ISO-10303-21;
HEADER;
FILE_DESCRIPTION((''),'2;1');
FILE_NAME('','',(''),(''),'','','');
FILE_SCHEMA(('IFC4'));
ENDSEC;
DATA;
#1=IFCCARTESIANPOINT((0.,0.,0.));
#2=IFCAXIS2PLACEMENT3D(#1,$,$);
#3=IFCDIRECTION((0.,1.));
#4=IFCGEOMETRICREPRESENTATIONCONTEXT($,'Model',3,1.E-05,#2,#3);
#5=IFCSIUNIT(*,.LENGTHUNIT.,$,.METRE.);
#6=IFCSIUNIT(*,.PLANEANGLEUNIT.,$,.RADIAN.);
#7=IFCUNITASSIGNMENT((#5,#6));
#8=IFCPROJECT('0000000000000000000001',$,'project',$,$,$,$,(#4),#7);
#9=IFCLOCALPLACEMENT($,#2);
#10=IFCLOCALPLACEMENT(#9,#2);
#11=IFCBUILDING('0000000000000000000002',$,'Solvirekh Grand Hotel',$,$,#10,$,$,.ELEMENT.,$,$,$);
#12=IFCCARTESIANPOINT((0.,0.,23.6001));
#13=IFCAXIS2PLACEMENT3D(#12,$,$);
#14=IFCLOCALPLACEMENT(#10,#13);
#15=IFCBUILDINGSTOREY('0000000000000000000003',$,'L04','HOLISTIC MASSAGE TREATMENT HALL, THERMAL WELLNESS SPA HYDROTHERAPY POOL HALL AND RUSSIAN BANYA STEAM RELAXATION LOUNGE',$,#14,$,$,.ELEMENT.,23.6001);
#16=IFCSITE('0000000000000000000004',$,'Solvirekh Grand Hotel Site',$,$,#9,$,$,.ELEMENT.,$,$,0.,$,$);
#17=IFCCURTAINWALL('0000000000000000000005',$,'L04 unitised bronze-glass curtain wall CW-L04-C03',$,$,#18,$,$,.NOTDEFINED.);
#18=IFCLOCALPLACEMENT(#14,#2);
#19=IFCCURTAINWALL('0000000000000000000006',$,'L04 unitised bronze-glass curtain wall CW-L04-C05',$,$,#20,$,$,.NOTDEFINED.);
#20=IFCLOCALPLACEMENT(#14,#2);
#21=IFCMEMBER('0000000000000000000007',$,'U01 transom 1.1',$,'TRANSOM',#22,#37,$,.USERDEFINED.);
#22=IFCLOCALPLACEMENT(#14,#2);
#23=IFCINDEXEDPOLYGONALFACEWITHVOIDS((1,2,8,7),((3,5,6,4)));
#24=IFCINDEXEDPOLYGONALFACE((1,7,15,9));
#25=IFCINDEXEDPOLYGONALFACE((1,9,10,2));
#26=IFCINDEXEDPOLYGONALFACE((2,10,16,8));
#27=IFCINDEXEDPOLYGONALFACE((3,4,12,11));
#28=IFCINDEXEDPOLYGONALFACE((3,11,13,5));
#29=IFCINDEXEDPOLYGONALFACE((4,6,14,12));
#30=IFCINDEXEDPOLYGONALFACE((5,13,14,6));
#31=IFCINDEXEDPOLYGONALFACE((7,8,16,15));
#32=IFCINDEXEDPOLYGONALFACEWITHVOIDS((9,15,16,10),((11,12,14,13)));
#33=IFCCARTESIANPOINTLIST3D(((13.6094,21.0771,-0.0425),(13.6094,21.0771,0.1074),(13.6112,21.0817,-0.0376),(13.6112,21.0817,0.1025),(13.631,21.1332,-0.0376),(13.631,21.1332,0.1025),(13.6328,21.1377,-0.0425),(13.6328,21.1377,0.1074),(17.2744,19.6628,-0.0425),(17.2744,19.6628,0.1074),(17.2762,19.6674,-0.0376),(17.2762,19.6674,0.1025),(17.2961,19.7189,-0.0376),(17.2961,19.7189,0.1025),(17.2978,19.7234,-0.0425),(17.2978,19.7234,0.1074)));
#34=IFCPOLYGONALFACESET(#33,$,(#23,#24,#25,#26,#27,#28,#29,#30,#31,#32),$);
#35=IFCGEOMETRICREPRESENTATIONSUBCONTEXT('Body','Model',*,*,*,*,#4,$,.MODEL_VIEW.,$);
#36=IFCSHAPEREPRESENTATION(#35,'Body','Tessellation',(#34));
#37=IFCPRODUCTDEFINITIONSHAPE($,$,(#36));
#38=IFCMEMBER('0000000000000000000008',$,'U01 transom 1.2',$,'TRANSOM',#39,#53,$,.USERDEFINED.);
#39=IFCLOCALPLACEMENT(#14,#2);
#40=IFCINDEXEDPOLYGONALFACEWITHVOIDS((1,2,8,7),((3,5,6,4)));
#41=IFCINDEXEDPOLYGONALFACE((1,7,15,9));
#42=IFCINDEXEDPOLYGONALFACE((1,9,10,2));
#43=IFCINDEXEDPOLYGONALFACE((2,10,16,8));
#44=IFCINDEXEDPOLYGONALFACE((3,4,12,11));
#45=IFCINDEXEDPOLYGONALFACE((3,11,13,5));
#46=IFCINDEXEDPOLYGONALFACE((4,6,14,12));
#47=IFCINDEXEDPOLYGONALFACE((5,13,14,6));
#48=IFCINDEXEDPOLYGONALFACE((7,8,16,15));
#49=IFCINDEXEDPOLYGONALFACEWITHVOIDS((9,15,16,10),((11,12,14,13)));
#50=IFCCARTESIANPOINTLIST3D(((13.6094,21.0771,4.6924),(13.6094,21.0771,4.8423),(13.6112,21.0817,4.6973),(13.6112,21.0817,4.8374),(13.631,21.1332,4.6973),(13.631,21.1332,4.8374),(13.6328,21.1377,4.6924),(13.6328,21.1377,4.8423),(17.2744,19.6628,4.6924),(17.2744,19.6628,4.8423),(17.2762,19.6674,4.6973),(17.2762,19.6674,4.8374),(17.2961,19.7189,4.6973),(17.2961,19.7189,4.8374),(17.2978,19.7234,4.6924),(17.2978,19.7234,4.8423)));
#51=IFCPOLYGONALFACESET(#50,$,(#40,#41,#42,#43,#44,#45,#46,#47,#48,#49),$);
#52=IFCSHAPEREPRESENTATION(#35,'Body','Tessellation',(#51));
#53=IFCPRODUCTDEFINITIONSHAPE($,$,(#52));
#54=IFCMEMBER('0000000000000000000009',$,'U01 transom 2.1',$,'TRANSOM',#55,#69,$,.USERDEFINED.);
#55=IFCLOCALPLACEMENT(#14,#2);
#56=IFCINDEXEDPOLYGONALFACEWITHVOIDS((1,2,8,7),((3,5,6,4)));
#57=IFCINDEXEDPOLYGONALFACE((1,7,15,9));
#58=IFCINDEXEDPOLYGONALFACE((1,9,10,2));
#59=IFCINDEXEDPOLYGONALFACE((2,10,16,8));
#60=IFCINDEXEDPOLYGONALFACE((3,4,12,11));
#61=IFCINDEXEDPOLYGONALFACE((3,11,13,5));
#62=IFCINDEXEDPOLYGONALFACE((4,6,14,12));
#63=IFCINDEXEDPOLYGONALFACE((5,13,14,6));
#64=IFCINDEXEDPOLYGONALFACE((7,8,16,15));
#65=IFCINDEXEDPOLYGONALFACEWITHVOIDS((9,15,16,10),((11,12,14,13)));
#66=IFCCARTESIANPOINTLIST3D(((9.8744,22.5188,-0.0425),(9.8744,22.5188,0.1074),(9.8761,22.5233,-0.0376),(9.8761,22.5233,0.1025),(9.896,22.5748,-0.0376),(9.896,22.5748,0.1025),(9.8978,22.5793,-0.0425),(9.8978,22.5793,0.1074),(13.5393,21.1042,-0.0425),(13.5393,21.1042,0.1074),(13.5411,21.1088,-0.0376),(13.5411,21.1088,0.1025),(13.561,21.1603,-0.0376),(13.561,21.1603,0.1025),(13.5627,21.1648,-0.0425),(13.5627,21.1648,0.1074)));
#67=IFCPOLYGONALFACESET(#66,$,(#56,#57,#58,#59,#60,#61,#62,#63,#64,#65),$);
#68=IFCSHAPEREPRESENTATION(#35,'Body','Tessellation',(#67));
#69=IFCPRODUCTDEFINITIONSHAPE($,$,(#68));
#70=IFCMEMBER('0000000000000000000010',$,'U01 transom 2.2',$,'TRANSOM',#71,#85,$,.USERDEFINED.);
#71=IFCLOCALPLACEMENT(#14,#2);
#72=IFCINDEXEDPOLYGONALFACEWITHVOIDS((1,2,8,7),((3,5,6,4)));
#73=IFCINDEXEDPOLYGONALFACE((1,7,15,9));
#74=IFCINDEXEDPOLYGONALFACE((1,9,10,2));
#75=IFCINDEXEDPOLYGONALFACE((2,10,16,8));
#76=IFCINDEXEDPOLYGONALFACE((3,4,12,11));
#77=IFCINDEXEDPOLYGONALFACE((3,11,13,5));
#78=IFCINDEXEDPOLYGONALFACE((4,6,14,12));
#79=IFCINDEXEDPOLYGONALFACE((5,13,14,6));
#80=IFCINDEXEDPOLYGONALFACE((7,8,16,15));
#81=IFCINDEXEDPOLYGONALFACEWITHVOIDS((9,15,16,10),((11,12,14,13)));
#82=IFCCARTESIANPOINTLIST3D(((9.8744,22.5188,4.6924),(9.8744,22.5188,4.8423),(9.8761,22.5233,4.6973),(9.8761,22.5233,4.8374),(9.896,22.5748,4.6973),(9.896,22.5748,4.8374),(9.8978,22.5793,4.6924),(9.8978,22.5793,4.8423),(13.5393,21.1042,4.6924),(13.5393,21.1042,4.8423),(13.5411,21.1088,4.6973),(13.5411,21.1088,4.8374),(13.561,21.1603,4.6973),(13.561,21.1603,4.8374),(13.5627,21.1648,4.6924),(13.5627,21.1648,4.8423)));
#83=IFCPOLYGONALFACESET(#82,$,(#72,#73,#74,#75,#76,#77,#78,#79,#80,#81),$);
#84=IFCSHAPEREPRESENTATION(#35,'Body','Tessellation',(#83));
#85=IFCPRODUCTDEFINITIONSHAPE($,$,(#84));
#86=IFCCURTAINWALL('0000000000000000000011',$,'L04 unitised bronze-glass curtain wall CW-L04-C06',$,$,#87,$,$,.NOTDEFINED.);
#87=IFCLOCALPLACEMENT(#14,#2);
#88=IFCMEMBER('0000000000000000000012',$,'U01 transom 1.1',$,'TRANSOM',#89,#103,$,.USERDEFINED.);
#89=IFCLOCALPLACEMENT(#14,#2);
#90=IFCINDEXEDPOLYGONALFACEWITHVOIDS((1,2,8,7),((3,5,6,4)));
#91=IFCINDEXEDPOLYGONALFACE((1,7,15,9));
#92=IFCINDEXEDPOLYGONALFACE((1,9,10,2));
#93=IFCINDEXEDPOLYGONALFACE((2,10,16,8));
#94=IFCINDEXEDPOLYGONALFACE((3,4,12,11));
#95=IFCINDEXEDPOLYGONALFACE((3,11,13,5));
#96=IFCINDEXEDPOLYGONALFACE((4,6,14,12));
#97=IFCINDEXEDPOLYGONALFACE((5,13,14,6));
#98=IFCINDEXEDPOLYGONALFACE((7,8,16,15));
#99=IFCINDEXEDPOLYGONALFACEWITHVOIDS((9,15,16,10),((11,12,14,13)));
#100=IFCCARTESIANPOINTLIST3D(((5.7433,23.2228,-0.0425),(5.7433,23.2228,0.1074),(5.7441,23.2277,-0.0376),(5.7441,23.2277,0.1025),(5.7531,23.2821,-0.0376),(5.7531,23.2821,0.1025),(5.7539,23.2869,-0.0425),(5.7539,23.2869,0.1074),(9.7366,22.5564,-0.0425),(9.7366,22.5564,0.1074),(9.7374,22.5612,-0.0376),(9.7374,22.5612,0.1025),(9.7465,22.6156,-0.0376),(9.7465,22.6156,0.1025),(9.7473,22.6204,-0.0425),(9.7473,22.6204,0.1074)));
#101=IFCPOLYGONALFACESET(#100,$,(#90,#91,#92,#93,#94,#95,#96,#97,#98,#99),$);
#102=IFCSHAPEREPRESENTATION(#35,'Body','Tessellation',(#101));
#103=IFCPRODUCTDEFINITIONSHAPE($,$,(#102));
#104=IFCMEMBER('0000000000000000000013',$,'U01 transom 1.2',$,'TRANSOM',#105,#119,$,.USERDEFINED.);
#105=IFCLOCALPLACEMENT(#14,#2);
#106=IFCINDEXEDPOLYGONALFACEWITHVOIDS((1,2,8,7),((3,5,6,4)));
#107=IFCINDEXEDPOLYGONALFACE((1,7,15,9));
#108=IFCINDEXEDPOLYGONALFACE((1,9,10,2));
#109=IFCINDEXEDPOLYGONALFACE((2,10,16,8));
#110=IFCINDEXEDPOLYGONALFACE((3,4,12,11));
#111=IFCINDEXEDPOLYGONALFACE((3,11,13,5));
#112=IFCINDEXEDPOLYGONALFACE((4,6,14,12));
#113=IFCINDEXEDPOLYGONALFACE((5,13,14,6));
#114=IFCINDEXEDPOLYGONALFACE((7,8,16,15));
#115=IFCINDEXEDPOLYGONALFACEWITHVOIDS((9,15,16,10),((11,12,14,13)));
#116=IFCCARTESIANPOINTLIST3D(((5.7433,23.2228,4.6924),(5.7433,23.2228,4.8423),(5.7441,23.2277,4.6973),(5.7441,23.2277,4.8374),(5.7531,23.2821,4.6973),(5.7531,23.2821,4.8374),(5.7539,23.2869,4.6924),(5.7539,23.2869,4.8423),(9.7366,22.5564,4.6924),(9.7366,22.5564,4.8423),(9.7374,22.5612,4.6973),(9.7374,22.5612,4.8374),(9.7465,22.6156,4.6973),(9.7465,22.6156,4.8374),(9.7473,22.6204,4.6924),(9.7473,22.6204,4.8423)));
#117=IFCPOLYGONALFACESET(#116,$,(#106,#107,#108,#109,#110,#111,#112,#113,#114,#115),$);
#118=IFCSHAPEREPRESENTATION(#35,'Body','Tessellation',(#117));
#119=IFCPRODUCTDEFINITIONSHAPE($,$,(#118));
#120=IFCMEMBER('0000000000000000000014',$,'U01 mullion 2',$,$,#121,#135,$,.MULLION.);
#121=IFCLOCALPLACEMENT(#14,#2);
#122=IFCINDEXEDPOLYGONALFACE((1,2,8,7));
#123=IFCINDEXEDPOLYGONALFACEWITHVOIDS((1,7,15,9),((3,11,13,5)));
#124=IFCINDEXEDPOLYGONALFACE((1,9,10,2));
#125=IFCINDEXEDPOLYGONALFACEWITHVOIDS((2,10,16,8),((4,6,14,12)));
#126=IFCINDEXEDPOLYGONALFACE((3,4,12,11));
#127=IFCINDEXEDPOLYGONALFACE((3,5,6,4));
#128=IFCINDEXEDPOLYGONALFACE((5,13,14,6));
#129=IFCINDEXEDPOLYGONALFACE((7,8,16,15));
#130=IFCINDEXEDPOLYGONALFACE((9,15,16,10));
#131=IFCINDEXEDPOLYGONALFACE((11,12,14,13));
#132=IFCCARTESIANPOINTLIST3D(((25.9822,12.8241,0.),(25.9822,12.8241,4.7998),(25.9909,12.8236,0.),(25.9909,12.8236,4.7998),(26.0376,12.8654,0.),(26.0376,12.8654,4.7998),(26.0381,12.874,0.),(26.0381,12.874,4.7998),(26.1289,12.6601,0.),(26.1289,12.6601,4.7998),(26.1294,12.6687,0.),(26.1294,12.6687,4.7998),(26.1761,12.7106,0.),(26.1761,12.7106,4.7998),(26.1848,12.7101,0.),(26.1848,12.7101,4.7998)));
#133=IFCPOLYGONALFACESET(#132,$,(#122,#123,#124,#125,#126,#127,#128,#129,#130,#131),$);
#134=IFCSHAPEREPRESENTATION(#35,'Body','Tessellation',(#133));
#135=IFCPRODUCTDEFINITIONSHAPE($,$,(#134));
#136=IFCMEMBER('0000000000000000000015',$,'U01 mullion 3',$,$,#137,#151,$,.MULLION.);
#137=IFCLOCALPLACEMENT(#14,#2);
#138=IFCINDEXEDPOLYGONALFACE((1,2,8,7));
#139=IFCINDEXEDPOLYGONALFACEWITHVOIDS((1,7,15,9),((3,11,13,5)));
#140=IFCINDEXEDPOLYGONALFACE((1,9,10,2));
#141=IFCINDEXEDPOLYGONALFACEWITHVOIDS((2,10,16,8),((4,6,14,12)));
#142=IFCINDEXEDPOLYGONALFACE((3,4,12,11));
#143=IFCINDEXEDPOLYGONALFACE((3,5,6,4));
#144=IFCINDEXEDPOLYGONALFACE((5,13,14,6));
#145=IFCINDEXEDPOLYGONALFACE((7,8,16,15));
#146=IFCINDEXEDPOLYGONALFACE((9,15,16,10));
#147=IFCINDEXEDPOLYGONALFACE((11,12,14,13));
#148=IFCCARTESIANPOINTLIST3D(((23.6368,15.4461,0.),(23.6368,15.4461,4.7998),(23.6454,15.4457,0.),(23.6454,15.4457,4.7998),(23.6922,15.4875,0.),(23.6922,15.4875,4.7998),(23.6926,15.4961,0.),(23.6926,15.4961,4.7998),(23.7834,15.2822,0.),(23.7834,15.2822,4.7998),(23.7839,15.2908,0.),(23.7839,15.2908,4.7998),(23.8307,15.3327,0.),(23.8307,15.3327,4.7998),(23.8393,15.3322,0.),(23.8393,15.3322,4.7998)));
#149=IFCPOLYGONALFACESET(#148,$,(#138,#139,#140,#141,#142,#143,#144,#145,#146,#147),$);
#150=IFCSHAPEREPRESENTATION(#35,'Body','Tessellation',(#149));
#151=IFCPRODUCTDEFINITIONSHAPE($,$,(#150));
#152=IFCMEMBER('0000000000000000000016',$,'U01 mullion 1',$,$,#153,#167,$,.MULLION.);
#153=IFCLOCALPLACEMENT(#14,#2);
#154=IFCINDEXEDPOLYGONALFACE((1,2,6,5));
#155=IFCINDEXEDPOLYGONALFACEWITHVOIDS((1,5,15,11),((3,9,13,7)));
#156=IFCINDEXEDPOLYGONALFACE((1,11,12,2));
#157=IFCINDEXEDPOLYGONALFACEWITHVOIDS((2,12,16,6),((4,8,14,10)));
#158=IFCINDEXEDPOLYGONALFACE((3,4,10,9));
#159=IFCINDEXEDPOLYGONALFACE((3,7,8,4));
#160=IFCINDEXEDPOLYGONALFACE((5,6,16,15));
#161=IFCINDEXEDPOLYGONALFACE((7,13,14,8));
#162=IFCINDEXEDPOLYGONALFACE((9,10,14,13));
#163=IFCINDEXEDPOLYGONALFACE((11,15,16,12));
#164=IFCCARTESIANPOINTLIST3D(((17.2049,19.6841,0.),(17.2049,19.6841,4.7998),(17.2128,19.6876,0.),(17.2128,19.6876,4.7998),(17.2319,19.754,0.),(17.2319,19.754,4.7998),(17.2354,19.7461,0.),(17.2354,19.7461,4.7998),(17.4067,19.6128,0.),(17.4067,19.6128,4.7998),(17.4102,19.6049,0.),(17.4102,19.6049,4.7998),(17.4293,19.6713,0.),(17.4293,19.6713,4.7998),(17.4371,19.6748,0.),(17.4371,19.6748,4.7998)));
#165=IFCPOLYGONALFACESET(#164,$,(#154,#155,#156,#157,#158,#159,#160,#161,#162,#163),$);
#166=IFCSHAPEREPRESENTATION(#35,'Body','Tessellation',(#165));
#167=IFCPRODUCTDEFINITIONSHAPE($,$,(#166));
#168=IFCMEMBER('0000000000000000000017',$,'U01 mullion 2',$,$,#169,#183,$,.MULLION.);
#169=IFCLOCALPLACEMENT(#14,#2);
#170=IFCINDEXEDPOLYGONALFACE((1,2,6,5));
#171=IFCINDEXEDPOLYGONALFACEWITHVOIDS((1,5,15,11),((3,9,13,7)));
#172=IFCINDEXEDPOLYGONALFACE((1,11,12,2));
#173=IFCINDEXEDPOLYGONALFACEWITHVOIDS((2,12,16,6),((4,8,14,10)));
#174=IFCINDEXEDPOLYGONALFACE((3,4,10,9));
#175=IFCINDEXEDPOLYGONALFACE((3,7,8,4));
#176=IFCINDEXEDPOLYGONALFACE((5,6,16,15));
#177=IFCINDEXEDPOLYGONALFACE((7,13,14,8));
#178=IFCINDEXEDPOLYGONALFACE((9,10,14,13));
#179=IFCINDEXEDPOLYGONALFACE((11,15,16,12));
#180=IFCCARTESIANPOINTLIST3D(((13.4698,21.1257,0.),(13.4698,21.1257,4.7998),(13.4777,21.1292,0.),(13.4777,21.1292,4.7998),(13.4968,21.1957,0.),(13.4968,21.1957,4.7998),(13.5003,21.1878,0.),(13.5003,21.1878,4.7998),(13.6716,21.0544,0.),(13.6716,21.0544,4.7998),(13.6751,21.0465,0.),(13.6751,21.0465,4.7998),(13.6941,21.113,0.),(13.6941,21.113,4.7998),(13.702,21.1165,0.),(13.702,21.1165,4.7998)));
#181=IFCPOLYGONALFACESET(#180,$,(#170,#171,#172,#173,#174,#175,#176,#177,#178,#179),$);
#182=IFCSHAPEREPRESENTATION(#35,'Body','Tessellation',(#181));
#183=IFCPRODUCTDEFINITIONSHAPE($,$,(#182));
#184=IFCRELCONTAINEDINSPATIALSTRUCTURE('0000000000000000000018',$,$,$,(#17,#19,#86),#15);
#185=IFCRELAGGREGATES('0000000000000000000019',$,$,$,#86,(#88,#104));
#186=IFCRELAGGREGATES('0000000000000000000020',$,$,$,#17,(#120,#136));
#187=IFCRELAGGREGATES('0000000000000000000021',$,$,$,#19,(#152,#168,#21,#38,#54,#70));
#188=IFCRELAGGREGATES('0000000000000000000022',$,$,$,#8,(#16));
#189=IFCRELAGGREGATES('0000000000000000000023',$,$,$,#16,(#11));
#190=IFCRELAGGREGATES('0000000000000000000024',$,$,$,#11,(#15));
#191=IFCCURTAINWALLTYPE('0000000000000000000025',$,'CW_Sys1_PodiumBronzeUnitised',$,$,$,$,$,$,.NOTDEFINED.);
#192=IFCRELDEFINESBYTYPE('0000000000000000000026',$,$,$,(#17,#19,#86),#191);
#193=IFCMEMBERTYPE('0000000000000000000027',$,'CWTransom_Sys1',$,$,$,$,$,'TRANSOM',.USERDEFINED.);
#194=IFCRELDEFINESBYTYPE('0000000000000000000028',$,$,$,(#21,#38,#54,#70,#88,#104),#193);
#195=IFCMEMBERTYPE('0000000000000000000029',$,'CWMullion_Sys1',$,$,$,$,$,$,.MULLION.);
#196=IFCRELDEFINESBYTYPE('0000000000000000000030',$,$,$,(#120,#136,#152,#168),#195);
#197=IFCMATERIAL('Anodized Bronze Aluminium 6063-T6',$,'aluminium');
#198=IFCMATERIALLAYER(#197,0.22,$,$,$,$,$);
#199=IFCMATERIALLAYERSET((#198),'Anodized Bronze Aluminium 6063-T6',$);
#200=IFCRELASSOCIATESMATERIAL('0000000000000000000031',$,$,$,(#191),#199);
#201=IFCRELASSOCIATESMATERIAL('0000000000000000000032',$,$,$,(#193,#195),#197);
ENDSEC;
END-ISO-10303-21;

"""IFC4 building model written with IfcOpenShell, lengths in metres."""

from ifc_helpers import new_model, si_unit, direction, frame, origin, origin_2d, place, context, subcontext, project, spatial, hollow_rectangle, extrude, source, transform, mapped, material, layer, layer_set, material_profile, profile_set, type_object, element, aggregate, save


model = new_model("IFC4")

# Units and contexts
model_context = context("Model", 3, precision=1e-05, world=origin(), true_north=direction((0.0, 1.0)))
body_context = subcontext(model_context, "Body", "Model", "MODEL_VIEW")
ifc_project = project(units=[si_unit("LENGTHUNIT", "METRE"), si_unit("PLANEANGLEUNIT", "RADIAN")], contexts=[model_context])

# Site, building, storey
site_placement = place(None, origin())
site = spatial("IfcSite", under=ifc_project, at=site_placement, Name="Solvirekh Grand Hotel Site", CompositionType="ELEMENT", RefElevation=0.0)
building_placement = place(site_placement, origin())
building = spatial("IfcBuilding", under=site, at=building_placement, Name="Solvirekh Grand Hotel", CompositionType="ELEMENT")
storey_placement = place(building_placement, frame((0.0, 0.0, 23.6001)))
storey = spatial("IfcBuildingStorey", under=building, at=storey_placement, Name="L04", Description="HOLISTIC MASSAGE TREATMENT HALL, THERMAL WELLNESS SPA HYDROTHERAPY POOL HALL AND RUSSIAN BANYA STEAM RELAXATION LOUNGE", CompositionType="ELEMENT", Elevation=23.6001)

# Curtain walls, members
ifc_material_1 = material(Name="Anodized Bronze Aluminium 6063-T6", Category="aluminium")
ifc_layer_1 = layer(ifc_material_1, 0.22)
ifc_layer_set_1 = layer_set([ifc_layer_1], Name="Anodized Bronze Aluminium 6063-T6")
curtain_wall_type = type_object("IfcCurtainWallType", Name="CW_Sys1_PodiumBronzeUnitised", PredefinedType="NOTDEFINED", material=ifc_layer_set_1)
curtain_wall_1_placement = place(storey_placement, origin())
curtain_wall_1 = element("IfcCurtainWall", 1, at=curtain_wall_1_placement, inside=storey, type_object=curtain_wall_type, Name="L04 unitised bronze-glass curtain wall CW-L04-C03", PredefinedType="NOTDEFINED")
ifc_material_profile_1 = material_profile(ifc_material_1, hollow_rectangle(XDim=0.0649, YDim=0.1499, WallThickness=0.0049, at=origin_2d()), Name="ALU RHS 150X65X5")
ifc_profile_set_1 = profile_set([ifc_material_profile_1], Name="Anodized Bronze Aluminium 6063-T6")
member_type_1 = type_object("IfcMemberType", Name="CWTransom_Sys1", ElementType="TRANSOM", PredefinedType="USERDEFINED", material=ifc_profile_set_1)
curtain_wall_2_placement = place(storey_placement, origin())
curtain_wall_2 = element("IfcCurtainWall", 2, at=curtain_wall_2_placement, inside=storey, type_object=curtain_wall_type, Name="L04 unitised bronze-glass curtain wall CW-L04-C05", PredefinedType="NOTDEFINED")
shared_shape_1 = source(origin(), body_context, "Body", "SweptSolid", [
    extrude(hollow_rectangle(XDim=0.0649, YDim=0.1499, WallThickness=0.0049, at=origin_2d()), origin(), (0.0, 0.0, 1.0), 3.9285),
])
member_1_placement = place(storey_placement, frame((17.2861, 19.6931, 0.0325), z_axis=(-0.932946, 0.360016, 0.0), x_axis=(-0.360016, -0.932946, 0.0)))
member_1 = element("IfcMember", 3, at=member_1_placement, type_object=member_type_1, Name="U01 transom 1.1", ObjectType="TRANSOM", PredefinedType="USERDEFINED", context=body_context, shape_type="MappedRepresentation", body=[
    mapped(shared_shape_1, transform((0.0, 0.0, 0.0), x_axis=(1.0, 0.0, 0.0), y_axis=(0.0, 1.0, 0.0), z_axis=(0.0, 0.0, 1.0), scale=1.0)),
])
member_2_placement = place(storey_placement, frame((17.2861, 19.6931, 4.7673), z_axis=(-0.932946, 0.360016, 0.0), x_axis=(-0.360016, -0.932946, 0.0)))
member_2 = element("IfcMember", 4, at=member_2_placement, type_object=member_type_1, Name="U01 transom 1.2", ObjectType="TRANSOM", PredefinedType="USERDEFINED", context=body_context, shape_type="MappedRepresentation", body=[
    mapped(shared_shape_1, transform((0.0, 0.0, 0.0), x_axis=(1.0, 0.0, 0.0), y_axis=(0.0, 1.0, 0.0), z_axis=(0.0, 0.0, 1.0), scale=1.0)),
])
member_3_placement = place(storey_placement, frame((13.551, 21.1345, 0.0325), z_axis=(-0.932925, 0.36007, 0.0), x_axis=(-0.36007, -0.932925, 0.0)))
member_3 = element("IfcMember", 5, at=member_3_placement, type_object=member_type_1, Name="U01 transom 2.1", ObjectType="TRANSOM", PredefinedType="USERDEFINED", context=body_context, shape_type="MappedRepresentation", body=[
    mapped(shared_shape_1, transform((0.0, 0.0, 0.0), x_axis=(1.0, 0.0, 0.0), y_axis=(0.0, 1.0, 0.0), z_axis=(0.0, 0.0, 1.0), scale=1.0)),
])
member_4_placement = place(storey_placement, frame((13.551, 21.1345, 4.7673), z_axis=(-0.932925, 0.36007, 0.0), x_axis=(-0.36007, -0.932925, 0.0)))
member_4 = element("IfcMember", 6, at=member_4_placement, type_object=member_type_1, Name="U01 transom 2.2", ObjectType="TRANSOM", PredefinedType="USERDEFINED", context=body_context, shape_type="MappedRepresentation", body=[
    mapped(shared_shape_1, transform((0.0, 0.0, 0.0), x_axis=(1.0, 0.0, 0.0), y_axis=(0.0, 1.0, 0.0), z_axis=(0.0, 0.0, 1.0), scale=1.0)),
])
curtain_wall_3_placement = place(storey_placement, origin())
curtain_wall_3 = element("IfcCurtainWall", 7, at=curtain_wall_3_placement, inside=storey, type_object=curtain_wall_type, Name="L04 unitised bronze-glass curtain wall CW-L04-C06", PredefinedType="NOTDEFINED")
shared_shape_2 = source(origin(), body_context, "Body", "SweptSolid", [
    extrude(hollow_rectangle(XDim=0.0649, YDim=0.1499, WallThickness=0.0049, at=origin_2d()), origin(), (0.0, 0.0, 1.0), 4.0486),
])
member_5_placement = place(storey_placement, frame((9.7419, 22.5884, 0.0325), z_axis=(-0.986356, 0.164624, 0.0), x_axis=(-0.164624, -0.986356, 0.0)))
member_5 = element("IfcMember", 8, at=member_5_placement, type_object=member_type_1, Name="U01 transom 1.1", ObjectType="TRANSOM", PredefinedType="USERDEFINED", context=body_context, shape_type="MappedRepresentation", body=[
    mapped(shared_shape_2, transform((0.0, 0.0, 0.0), x_axis=(1.0, 0.0, 0.0), y_axis=(0.0, 1.0, 0.0), z_axis=(0.0, 0.0, 1.0), scale=1.0)),
])
member_6_placement = place(storey_placement, frame((9.7419, 22.5884, 4.7673), z_axis=(-0.986356, 0.164624, 0.0), x_axis=(-0.164624, -0.986356, 0.0)))
member_6 = element("IfcMember", 9, at=member_6_placement, type_object=member_type_1, Name="U01 transom 1.2", ObjectType="TRANSOM", PredefinedType="USERDEFINED", context=body_context, shape_type="MappedRepresentation", body=[
    mapped(shared_shape_2, transform((0.0, 0.0, 0.0), x_axis=(1.0, 0.0, 0.0), y_axis=(0.0, 1.0, 0.0), z_axis=(0.0, 0.0, 1.0), scale=1.0)),
])

# Members
ifc_material_profile_2 = material_profile(ifc_material_1, hollow_rectangle(XDim=0.075, YDim=0.22, WallThickness=0.0061, at=origin_2d()), Name="ALU RHS 220X75X6")
ifc_profile_set_2 = profile_set([ifc_material_profile_2], Name="Anodized Bronze Aluminium 6063-T6")
member_type_2 = type_object("IfcMemberType", Name="CWMullion_Sys1", PredefinedType="MULLION", material=ifc_profile_set_2)
shared_shape_3 = source(origin(), body_context, "Body", "SweptSolid", [
    extrude(hollow_rectangle(XDim=0.075, YDim=0.22, WallThickness=0.0061, at=origin_2d()), origin(), (0.0, 0.0, 1.0), 4.7998),
])
member_7_placement = place(storey_placement, frame((26.0835, 12.7671, 0.0), z_axis=(0.0, 0.0, 1.0), x_axis=(-0.745319, -0.666709, 0.0)))
member_7 = element("IfcMember", 10, at=member_7_placement, type_object=member_type_2, Name="U01 mullion 2", PredefinedType="MULLION", context=body_context, shape_type="MappedRepresentation", body=[
    mapped(shared_shape_3, transform((0.0, 0.0, 0.0), x_axis=(1.0, 0.0, 0.0), y_axis=(0.0, 1.0, 0.0), z_axis=(0.0, 0.0, 1.0), scale=1.0)),
])
member_8_placement = place(storey_placement, frame((23.738, 15.3892, 0.0), z_axis=(0.0, 0.0, 1.0), x_axis=(-0.745319, -0.666709, 0.0)))
member_8 = element("IfcMember", 11, at=member_8_placement, type_object=member_type_2, Name="U01 mullion 3", PredefinedType="MULLION", context=body_context, shape_type="MappedRepresentation", body=[
    mapped(shared_shape_3, transform((0.0, 0.0, 0.0), x_axis=(1.0, 0.0, 0.0), y_axis=(0.0, 1.0, 0.0), z_axis=(0.0, 0.0, 1.0), scale=1.0)),
])
member_9_placement = place(storey_placement, frame((17.321, 19.6794, 0.0), z_axis=(0.0, 0.0, 1.0), x_axis=(-0.360057, -0.93293, 0.0)))
member_9 = element("IfcMember", 12, at=member_9_placement, type_object=member_type_2, Name="U01 mullion 1", PredefinedType="MULLION", context=body_context, shape_type="MappedRepresentation", body=[
    mapped(shared_shape_3, transform((0.0, 0.0, 0.0), x_axis=(1.0, 0.0, 0.0), y_axis=(0.0, 1.0, 0.0), z_axis=(0.0, 0.0, 1.0), scale=1.0)),
])
member_10_placement = place(storey_placement, frame((13.5859, 21.1211, 0.0), z_axis=(0.0, 0.0, 1.0), x_axis=(-0.360057, -0.93293, 0.0)))
member_10 = element("IfcMember", 13, at=member_10_placement, type_object=member_type_2, Name="U01 mullion 2", PredefinedType="MULLION", context=body_context, shape_type="MappedRepresentation", body=[
    mapped(shared_shape_3, transform((0.0, 0.0, 0.0), x_axis=(1.0, 0.0, 0.0), y_axis=(0.0, 1.0, 0.0), z_axis=(0.0, 0.0, 1.0), scale=1.0)),
])
aggregate(curtain_wall_3, [member_5, member_6])

aggregate(curtain_wall_1, [member_7, member_8])
aggregate(curtain_wall_2, [member_9, member_10, member_1, member_2, member_3, member_4])

save(model, "model.ifc")
